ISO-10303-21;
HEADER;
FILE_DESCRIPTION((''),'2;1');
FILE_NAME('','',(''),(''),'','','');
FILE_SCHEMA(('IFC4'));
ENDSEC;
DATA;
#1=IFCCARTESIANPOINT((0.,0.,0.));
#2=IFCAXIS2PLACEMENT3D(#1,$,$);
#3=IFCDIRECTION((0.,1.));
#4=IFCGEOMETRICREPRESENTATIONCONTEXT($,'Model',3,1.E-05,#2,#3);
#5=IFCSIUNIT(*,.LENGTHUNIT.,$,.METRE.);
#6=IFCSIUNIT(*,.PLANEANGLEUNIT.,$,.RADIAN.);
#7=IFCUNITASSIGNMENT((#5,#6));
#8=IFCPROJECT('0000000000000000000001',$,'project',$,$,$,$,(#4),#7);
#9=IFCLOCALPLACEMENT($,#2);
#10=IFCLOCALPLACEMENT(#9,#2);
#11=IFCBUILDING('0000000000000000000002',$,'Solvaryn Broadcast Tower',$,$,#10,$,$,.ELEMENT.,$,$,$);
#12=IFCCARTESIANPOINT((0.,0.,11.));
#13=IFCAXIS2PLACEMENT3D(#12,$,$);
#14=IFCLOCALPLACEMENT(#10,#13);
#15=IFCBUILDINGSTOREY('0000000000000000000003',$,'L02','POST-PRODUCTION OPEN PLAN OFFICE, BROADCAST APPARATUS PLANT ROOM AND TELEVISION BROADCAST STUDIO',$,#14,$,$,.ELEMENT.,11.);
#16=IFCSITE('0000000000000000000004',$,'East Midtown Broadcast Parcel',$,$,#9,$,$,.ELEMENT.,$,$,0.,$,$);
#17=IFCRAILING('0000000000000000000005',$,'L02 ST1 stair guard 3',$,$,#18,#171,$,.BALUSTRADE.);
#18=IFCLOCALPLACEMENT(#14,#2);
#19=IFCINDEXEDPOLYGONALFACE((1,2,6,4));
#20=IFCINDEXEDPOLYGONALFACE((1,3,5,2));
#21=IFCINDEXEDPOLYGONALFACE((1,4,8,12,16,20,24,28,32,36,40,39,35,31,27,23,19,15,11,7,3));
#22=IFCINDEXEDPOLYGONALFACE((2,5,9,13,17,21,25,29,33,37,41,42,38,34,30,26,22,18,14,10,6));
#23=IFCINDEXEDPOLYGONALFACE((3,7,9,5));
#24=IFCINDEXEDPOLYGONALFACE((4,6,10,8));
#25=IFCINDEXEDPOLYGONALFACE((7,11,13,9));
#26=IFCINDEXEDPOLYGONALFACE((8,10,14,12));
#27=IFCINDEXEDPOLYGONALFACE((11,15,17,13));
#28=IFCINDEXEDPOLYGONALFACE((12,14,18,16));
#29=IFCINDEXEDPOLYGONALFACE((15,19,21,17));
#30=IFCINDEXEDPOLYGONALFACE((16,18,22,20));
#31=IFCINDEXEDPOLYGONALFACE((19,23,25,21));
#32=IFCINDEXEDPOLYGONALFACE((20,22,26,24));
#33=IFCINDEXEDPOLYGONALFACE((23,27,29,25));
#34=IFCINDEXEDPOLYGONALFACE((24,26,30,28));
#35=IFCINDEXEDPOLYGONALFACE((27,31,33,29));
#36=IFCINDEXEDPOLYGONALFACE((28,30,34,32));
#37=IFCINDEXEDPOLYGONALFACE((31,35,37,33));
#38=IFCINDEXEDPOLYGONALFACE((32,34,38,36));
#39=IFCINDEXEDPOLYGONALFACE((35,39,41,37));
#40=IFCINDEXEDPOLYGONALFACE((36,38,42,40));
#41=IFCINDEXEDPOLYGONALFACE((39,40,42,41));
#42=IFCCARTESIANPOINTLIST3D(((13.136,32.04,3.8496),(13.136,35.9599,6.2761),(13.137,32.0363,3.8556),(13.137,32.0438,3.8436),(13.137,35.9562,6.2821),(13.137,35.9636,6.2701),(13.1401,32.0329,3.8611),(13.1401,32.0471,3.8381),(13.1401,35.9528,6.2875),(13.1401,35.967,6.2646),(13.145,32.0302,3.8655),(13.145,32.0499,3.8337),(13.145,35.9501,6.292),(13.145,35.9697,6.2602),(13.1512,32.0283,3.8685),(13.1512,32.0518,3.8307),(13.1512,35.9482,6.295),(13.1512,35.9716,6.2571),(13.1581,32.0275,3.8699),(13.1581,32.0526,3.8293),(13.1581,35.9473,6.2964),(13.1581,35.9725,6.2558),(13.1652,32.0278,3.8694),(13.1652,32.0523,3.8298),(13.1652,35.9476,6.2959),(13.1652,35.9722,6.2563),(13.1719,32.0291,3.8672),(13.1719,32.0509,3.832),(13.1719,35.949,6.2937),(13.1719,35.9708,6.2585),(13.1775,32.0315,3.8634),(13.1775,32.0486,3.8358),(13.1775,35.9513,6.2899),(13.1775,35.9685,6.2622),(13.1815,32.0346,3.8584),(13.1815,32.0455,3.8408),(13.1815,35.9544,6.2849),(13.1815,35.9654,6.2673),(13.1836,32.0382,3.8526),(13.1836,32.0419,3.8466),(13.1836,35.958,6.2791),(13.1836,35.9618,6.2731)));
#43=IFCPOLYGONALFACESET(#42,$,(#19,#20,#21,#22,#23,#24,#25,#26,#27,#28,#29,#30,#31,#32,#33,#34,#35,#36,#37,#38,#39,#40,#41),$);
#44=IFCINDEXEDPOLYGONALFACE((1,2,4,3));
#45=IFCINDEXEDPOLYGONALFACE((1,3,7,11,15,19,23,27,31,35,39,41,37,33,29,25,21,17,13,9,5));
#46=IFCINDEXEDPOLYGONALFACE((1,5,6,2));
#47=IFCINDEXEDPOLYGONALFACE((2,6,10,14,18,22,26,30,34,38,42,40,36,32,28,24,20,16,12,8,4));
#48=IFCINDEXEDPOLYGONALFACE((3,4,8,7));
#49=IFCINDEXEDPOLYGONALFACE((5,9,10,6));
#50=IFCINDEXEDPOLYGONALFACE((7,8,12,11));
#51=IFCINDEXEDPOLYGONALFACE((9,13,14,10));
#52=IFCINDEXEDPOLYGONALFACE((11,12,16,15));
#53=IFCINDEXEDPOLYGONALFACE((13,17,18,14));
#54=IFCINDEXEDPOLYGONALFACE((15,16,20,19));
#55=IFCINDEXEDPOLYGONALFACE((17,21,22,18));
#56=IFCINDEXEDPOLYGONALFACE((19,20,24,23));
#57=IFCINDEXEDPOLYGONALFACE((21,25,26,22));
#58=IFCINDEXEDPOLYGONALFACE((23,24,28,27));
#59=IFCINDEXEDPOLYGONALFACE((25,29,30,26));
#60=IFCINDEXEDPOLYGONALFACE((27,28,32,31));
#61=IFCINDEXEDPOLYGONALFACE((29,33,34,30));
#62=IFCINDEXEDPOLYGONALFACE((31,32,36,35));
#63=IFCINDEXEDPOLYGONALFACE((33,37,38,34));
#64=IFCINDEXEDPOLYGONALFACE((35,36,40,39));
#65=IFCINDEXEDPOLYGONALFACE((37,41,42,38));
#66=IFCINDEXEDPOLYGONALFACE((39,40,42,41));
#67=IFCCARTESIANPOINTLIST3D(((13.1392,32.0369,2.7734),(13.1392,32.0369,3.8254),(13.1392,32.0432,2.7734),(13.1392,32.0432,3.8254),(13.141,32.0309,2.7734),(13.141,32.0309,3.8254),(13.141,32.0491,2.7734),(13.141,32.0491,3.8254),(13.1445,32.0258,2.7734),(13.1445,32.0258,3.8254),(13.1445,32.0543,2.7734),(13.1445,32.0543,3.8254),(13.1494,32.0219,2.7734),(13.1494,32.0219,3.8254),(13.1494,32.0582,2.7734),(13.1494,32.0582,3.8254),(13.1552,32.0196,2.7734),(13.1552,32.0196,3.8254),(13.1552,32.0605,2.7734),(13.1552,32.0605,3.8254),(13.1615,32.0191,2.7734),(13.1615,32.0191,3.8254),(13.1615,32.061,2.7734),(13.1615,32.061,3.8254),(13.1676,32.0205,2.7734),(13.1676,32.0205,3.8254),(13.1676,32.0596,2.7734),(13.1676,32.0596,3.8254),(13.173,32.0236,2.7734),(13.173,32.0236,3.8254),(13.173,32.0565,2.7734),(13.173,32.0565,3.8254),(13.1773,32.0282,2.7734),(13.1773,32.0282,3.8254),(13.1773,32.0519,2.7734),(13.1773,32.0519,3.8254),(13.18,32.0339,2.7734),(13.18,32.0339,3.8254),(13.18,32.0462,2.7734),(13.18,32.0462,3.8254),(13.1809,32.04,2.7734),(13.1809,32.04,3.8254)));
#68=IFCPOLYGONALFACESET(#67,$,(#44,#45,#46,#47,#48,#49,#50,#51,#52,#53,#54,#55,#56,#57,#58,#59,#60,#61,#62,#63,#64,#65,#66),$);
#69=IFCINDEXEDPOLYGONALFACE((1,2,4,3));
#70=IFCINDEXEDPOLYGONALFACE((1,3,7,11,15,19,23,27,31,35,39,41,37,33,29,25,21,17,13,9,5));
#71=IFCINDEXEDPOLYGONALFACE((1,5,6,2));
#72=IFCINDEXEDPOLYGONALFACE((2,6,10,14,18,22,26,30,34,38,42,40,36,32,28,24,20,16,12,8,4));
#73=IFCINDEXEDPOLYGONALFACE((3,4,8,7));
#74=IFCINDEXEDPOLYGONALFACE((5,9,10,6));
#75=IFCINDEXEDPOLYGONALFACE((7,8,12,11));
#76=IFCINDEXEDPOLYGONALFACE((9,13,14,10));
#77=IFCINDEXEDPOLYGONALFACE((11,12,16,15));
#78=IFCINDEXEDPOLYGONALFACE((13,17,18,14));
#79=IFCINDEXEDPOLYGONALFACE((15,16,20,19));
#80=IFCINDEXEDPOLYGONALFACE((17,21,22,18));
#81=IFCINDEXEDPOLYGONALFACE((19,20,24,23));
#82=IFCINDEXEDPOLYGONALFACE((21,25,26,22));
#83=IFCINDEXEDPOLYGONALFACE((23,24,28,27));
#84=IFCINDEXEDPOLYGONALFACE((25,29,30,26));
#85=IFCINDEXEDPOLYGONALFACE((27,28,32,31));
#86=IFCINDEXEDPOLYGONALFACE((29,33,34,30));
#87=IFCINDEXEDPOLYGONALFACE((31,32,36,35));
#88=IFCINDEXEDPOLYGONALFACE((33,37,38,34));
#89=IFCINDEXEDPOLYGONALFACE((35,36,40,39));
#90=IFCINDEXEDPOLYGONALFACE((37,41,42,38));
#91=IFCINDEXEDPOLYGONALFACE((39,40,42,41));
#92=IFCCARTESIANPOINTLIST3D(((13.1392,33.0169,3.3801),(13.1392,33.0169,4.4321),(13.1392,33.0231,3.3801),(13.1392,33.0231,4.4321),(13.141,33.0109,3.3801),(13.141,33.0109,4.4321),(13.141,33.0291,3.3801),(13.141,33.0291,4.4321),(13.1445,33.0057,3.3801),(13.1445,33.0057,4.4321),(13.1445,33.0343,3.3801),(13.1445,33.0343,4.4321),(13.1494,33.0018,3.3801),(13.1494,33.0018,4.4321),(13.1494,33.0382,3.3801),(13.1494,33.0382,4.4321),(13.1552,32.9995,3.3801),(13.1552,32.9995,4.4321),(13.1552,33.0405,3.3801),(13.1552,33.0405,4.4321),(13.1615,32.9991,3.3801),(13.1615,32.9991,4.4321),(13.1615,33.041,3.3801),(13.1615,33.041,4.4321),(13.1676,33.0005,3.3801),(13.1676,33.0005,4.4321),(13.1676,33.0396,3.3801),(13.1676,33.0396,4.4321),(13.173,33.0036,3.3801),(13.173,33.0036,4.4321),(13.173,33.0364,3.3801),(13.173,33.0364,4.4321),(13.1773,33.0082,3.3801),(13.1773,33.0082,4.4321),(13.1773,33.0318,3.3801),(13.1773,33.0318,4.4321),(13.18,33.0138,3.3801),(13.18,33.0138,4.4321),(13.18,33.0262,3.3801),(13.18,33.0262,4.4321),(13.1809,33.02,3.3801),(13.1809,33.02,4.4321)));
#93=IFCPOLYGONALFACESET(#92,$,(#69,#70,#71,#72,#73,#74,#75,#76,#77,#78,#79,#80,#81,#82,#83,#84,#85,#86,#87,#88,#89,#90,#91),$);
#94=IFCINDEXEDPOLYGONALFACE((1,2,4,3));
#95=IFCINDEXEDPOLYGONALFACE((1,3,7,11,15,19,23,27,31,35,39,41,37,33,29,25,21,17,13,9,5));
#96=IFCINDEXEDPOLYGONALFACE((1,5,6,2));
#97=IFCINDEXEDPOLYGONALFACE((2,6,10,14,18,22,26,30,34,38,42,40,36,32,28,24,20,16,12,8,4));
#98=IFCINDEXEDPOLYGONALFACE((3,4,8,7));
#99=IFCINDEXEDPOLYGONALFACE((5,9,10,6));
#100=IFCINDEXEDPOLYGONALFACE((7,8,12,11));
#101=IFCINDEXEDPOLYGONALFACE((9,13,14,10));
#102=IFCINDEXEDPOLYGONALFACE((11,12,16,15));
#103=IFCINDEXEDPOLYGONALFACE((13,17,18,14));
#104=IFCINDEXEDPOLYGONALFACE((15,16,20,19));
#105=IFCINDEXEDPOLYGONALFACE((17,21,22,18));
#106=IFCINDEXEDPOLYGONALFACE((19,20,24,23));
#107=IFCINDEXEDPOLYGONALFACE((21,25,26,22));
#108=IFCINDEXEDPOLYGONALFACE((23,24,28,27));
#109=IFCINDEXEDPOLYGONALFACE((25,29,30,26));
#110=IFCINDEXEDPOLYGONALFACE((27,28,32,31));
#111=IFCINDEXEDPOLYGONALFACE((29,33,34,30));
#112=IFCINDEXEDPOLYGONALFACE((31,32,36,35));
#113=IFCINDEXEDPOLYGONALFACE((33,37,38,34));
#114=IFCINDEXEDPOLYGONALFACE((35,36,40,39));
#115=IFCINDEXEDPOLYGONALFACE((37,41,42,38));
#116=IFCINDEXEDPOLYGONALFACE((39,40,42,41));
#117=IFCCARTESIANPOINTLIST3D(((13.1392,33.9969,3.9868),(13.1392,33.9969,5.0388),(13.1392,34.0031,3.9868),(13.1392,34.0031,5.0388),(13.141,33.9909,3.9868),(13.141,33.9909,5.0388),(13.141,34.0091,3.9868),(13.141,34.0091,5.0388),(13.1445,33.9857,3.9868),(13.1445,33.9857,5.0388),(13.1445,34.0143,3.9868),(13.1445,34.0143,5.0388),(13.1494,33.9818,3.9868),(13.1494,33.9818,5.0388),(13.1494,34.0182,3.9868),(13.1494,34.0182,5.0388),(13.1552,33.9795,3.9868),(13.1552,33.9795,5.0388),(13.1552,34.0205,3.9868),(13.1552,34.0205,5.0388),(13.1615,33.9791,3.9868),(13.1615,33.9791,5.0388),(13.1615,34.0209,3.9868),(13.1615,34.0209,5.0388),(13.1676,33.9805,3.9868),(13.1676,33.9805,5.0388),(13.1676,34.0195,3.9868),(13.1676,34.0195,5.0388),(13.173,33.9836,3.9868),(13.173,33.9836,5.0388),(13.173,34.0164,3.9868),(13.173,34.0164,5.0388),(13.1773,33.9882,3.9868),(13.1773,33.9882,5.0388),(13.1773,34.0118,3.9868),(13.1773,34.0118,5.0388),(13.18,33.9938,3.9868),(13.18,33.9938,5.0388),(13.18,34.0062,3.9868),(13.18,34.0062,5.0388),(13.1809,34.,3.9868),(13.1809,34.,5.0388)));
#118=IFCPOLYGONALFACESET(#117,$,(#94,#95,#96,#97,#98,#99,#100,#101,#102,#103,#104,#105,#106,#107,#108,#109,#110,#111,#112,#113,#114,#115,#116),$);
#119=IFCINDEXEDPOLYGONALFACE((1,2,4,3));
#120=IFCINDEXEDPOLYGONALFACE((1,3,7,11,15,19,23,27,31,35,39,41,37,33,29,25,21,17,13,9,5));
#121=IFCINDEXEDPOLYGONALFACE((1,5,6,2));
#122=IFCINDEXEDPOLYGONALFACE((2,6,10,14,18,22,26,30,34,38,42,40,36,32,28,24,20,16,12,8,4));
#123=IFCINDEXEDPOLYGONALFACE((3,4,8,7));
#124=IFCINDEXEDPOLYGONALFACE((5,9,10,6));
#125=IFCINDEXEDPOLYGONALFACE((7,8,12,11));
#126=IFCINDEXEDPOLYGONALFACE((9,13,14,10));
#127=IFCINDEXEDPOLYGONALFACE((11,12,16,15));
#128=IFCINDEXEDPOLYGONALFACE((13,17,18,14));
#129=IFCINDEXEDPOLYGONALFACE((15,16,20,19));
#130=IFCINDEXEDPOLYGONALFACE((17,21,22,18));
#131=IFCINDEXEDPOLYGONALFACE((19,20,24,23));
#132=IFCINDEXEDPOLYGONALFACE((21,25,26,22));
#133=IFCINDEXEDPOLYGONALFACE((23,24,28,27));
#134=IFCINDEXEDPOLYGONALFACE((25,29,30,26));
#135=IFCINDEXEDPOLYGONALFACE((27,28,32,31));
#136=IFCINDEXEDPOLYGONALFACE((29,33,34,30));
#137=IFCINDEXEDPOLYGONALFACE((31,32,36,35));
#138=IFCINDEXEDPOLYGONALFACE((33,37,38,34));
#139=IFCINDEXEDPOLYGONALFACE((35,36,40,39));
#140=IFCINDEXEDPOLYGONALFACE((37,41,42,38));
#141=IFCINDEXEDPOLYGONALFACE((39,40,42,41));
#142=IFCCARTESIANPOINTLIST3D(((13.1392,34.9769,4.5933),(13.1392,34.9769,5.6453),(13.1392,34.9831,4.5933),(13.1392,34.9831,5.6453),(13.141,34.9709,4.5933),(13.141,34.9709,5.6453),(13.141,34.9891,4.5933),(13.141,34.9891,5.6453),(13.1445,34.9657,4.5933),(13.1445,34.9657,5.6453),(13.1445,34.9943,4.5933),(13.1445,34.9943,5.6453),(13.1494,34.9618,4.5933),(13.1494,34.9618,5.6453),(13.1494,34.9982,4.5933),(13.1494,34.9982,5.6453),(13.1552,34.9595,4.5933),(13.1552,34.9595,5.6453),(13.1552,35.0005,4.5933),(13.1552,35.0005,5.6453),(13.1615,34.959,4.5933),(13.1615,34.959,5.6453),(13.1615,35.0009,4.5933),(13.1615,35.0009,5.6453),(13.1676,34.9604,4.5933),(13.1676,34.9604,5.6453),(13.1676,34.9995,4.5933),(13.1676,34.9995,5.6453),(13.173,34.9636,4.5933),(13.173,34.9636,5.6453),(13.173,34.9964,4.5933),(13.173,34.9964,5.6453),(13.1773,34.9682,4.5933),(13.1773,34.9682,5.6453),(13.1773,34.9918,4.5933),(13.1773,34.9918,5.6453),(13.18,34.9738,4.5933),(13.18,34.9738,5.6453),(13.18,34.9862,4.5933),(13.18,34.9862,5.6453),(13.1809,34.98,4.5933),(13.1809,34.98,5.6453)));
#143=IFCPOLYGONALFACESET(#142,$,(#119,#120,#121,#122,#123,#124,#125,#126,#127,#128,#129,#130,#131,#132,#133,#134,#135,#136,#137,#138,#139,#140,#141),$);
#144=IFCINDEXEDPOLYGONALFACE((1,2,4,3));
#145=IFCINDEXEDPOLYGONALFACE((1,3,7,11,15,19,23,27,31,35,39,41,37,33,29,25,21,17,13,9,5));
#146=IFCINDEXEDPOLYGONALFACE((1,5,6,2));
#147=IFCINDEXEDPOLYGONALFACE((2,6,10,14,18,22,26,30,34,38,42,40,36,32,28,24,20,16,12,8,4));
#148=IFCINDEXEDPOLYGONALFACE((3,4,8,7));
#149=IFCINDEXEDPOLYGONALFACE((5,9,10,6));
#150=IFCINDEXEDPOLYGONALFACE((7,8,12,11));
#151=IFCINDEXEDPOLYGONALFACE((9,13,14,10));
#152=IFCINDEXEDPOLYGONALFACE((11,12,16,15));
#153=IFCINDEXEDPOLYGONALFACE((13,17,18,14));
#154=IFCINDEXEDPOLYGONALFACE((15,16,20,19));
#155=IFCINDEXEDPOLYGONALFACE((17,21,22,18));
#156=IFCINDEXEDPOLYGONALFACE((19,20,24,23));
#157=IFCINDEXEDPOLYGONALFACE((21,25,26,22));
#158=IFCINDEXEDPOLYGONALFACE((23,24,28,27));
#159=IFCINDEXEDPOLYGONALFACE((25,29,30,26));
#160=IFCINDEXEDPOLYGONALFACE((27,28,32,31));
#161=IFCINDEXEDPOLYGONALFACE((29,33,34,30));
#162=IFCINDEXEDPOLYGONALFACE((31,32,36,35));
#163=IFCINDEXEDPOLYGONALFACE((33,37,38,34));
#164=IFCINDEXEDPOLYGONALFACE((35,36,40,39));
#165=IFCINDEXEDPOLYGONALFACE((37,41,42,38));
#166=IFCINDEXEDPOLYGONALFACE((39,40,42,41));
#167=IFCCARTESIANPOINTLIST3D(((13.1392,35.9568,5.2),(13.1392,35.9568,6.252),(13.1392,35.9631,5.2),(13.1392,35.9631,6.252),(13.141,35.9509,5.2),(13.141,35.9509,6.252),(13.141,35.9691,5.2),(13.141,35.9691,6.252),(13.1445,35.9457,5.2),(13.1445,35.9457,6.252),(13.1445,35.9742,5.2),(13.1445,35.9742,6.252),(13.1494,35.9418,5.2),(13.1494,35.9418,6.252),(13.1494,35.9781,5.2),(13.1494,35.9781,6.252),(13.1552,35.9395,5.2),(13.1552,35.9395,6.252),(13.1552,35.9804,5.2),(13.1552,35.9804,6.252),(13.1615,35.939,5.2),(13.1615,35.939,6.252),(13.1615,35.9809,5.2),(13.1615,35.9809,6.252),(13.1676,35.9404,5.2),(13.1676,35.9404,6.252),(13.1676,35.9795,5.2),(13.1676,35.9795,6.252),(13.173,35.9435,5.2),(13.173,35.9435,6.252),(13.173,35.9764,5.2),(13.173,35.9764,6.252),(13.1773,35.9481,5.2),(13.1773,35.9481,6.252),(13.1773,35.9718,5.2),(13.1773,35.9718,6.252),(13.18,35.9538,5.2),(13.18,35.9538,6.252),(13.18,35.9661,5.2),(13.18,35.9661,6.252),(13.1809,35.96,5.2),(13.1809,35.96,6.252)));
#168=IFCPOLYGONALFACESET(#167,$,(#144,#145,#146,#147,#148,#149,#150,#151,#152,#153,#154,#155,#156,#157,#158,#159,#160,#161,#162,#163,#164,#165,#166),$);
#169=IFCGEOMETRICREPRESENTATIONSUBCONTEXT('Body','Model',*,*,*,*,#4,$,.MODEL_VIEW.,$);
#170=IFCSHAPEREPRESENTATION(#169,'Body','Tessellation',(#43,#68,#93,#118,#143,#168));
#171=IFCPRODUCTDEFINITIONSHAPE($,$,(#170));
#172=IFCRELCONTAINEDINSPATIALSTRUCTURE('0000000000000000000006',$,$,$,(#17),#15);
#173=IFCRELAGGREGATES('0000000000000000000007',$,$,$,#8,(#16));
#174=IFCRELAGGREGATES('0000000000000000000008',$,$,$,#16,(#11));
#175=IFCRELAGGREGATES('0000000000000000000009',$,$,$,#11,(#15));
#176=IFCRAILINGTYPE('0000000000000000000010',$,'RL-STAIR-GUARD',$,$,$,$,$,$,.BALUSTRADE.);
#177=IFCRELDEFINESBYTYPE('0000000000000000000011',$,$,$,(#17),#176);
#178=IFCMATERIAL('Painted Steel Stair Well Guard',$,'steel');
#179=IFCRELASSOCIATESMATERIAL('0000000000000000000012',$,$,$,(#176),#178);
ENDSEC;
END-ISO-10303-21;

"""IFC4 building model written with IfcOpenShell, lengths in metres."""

from ifc_helpers import new_model, si_unit, direction, frame, origin, origin_2d, place, context, subcontext, project, spatial, circle, extrude, material, type_object, element, save


model = new_model("IFC4")

# Units and contexts
model_context = context("Model", 3, precision=1e-05, world=origin(), true_north=direction((0.0, 1.0)))
body_context = subcontext(model_context, "Body", "Model", "MODEL_VIEW")
ifc_project = project(units=[si_unit("LENGTHUNIT", "METRE"), si_unit("PLANEANGLEUNIT", "RADIAN")], contexts=[model_context])

# Site, building, storey
site_placement = place(None, origin())
site = spatial("IfcSite", under=ifc_project, at=site_placement, Name="East Midtown Broadcast Parcel", CompositionType="ELEMENT", RefElevation=0.0)
building_placement = place(site_placement, origin())
building = spatial("IfcBuilding", under=site, at=building_placement, Name="Solvaryn Broadcast Tower", CompositionType="ELEMENT")
storey_placement = place(building_placement, frame((0.0, 0.0, 11.0)))
storey = spatial("IfcBuildingStorey", under=building, at=storey_placement, Name="L02", Description="POST-PRODUCTION OPEN PLAN OFFICE, BROADCAST APPARATUS PLANT ROOM AND TELEVISION BROADCAST STUDIO", CompositionType="ELEMENT", Elevation=11.0)

# Railing
ifc_material_1 = material(Name="Painted Steel Stair Well Guard", Category="steel")
railing_type_1 = type_object("IfcRailingType", Name="RL-STAIR-GUARD", PredefinedType="BALUSTRADE", material=ifc_material_1)
railing_1_placement = place(storey_placement, frame((13.1599, 32.04, 2.7734)))
element("IfcRailing", 1, at=railing_1_placement, inside=storey, type_object=railing_type_1, Name="L02 ST1 stair guard 3", PredefinedType="BALUSTRADE", context=body_context, shape_type="SweptSolid", body=[
    extrude(circle(Radius=0.0239, at=origin_2d()), frame((0.0, 0.0, 1.0762), z_axis=(0.0, 0.850275, 0.526338), x_axis=(-1.0, 0.0, 0.0)), (0.0, 0.0, 1.0), 4.6101),
    extrude(circle(Radius=0.021, at=origin_2d()), origin(), (0.0, 0.0, 1.0), 1.052),
    extrude(circle(Radius=0.021, at=origin_2d()), frame((0.0, 0.98, 0.6067)), (0.0, 0.0, 1.0), 1.052),
    extrude(circle(Radius=0.021, at=origin_2d()), frame((0.0, 1.96, 1.2134)), (0.0, 0.0, 1.0), 1.052),
    extrude(circle(Radius=0.021, at=origin_2d()), frame((0.0, 2.9399, 1.8198)), (0.0, 0.0, 1.0), 1.052),
    extrude(circle(Radius=0.021, at=origin_2d()), frame((0.0, 3.9199, 2.4265)), (0.0, 0.0, 1.0), 1.052),
])

save(model, "model.ifc")
